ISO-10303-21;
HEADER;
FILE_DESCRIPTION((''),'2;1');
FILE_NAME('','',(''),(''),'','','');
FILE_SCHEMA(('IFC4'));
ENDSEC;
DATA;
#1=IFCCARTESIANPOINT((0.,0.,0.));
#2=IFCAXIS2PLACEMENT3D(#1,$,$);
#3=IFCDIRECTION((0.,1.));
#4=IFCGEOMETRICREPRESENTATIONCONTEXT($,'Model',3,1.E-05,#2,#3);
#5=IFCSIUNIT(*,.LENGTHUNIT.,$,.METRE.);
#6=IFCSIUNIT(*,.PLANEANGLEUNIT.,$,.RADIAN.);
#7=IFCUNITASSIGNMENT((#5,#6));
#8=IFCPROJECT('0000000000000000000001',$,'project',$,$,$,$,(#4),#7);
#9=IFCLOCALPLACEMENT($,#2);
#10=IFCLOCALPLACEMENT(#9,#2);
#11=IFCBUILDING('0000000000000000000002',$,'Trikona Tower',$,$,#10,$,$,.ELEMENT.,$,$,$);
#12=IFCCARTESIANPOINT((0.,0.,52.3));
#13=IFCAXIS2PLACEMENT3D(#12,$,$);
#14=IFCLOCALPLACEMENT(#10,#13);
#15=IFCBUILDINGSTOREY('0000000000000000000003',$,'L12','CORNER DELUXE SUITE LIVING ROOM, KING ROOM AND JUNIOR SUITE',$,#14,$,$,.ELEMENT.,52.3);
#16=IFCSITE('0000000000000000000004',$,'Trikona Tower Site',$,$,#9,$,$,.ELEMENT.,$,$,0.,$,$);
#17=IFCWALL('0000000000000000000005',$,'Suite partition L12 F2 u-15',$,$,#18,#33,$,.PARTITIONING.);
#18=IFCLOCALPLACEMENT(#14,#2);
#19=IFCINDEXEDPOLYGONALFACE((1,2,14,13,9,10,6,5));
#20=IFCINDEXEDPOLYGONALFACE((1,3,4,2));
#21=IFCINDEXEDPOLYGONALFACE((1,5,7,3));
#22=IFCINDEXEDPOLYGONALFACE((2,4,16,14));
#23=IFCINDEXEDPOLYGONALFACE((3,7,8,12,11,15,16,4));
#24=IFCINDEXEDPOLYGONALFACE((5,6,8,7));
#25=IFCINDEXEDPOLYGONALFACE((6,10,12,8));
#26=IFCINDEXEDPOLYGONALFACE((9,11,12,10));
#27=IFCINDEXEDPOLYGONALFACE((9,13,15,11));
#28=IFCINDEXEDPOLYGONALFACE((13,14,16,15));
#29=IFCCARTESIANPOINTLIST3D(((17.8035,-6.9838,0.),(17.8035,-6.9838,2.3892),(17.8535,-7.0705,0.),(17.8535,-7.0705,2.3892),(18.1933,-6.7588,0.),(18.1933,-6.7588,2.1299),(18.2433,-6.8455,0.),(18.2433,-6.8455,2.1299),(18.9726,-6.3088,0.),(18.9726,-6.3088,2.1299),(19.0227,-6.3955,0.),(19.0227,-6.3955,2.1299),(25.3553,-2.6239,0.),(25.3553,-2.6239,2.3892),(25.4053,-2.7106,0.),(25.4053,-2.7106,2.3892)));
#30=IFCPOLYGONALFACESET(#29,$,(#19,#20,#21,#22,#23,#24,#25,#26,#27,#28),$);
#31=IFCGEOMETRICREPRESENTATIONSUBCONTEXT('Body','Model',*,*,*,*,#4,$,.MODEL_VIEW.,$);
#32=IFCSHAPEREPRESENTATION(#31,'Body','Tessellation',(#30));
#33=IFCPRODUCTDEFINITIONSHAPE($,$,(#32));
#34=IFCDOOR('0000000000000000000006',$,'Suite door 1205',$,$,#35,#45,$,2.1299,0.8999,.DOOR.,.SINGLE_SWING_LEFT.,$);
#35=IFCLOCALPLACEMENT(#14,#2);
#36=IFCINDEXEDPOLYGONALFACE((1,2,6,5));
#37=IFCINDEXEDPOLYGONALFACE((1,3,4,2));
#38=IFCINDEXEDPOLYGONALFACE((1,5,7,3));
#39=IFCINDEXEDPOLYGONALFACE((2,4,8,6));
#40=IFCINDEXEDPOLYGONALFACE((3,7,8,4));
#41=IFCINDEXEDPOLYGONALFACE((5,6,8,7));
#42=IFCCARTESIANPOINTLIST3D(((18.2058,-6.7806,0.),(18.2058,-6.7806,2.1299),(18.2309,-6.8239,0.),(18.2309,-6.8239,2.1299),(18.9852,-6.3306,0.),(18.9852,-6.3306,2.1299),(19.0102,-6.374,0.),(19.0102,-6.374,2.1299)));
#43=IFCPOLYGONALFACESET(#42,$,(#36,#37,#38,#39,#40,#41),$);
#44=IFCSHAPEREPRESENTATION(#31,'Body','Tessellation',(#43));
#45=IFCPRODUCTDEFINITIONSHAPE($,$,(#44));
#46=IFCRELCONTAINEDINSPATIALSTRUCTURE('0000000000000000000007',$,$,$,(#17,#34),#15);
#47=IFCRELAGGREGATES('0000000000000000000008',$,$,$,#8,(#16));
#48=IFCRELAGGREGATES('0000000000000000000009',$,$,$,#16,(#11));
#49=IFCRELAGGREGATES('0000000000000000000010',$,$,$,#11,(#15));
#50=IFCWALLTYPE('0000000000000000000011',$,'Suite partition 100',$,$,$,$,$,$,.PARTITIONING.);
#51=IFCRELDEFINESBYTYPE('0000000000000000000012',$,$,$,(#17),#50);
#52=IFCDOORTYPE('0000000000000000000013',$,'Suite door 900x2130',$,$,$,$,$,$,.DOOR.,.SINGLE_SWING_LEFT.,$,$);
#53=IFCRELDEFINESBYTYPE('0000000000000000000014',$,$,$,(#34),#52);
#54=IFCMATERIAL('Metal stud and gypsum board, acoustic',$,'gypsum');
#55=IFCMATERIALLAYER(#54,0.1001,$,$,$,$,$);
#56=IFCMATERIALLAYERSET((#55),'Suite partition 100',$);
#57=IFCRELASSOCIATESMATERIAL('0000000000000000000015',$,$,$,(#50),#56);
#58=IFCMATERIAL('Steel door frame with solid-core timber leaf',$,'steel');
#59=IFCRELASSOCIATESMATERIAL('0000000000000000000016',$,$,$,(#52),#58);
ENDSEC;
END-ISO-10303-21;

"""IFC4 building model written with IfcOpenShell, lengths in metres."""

from ifc_helpers import new_model, si_unit, direction, frame, frame_2d, origin, place, context, subcontext, project, spatial, rectangle, extrude, material, layer, layer_set, type_object, element, fill, save


model = new_model("IFC4")

# Units and contexts
model_context = context("Model", 3, precision=1e-05, world=origin(), true_north=direction((0.0, 1.0)))
body_context = subcontext(model_context, "Body", "Model", "MODEL_VIEW")
ifc_project = project(units=[si_unit("LENGTHUNIT", "METRE"), si_unit("PLANEANGLEUNIT", "RADIAN")], contexts=[model_context])

# Site, building, storey
site_placement = place(None, origin())
site = spatial("IfcSite", under=ifc_project, at=site_placement, Name="Trikona Tower Site", CompositionType="ELEMENT", RefElevation=0.0)
building_placement = place(site_placement, origin())
building = spatial("IfcBuilding", under=site, at=building_placement, Name="Trikona Tower", CompositionType="ELEMENT")
storey_placement = place(building_placement, frame((0.0, 0.0, 52.3)))
storey = spatial("IfcBuildingStorey", under=building, at=storey_placement, Name="L12", Description="CORNER DELUXE SUITE LIVING ROOM, KING ROOM AND JUNIOR SUITE", CompositionType="ELEMENT", Elevation=52.3)

# Wall, opening, door
ifc_material_1 = material(Name="Metal stud and gypsum board, acoustic", Category="gypsum")
ifc_layer_1 = layer(ifc_material_1, 0.1001)
ifc_layer_set_1 = layer_set([ifc_layer_1], Name="Suite partition 100")
wall_type_1 = type_object("IfcWallType", Name="Suite partition 100", PredefinedType="PARTITIONING", material=ifc_layer_set_1)
wall_1_placement = place(storey_placement, frame((17.8286, -7.0271, 0.0), z_axis=(0.0, 0.0, 1.0), x_axis=(0.866033, 0.499987, 0.0)))
wall_1 = element("IfcWall", 1, at=wall_1_placement, inside=storey, type_object=wall_type_1, Name="Suite partition L12 F2 u-15", PredefinedType="PARTITIONING", context=body_context, shape_type="SweptSolid", body=[
    extrude(rectangle(XDim=8.72, YDim=0.1001, at=frame_2d((4.3599, 0.0))), origin(), (0.0, 0.0, 1.0), 2.3892),
])
opening_1_placement = place(wall_1_placement, frame((0.45, 0.0, 0.0)))
opening_1 = element("IfcOpeningElement", 2, at=opening_1_placement, cuts=wall_1, PredefinedType="OPENING", context=body_context, shape_type="SweptSolid", body=[
    extrude(rectangle(XDim=0.8999, YDim=2.1299, at=frame_2d((0.45, 1.0649))), frame((0.0, 0.0601, 0.0), z_axis=(0.0, -1.0, 0.0), x_axis=(1.0, 0.0, 0.0)), (0.0, 0.0, 1.0), 0.1201),
])
ifc_material_2 = material(Name="Steel door frame with solid-core timber leaf", Category="steel")
door_type_1 = type_object("IfcDoorType", Name="Suite door 900x2130", OperationType="SINGLE_SWING_LEFT", PredefinedType="DOOR", material=ifc_material_2)
door_1_placement = place(opening_1_placement, origin())
door_1 = element("IfcDoor", 3, at=door_1_placement, inside=storey, type_object=door_type_1, Name="Suite door 1205", OperationType="SINGLE_SWING_LEFT", OverallHeight=2.1299, OverallWidth=0.8999, PredefinedType="DOOR", context=body_context, shape_type="SweptSolid", body=[
    extrude(rectangle(XDim=0.8999, YDim=2.1299, at=frame_2d((0.45, 1.0649))), frame((0.0, 0.0249, 0.0), z_axis=(0.0, -1.0, 0.0), x_axis=(1.0, 0.0, 0.0)), (0.0, 0.0, 1.0), 0.05),
])
fill(opening_1, door_1)

save(model, "model.ifc")
